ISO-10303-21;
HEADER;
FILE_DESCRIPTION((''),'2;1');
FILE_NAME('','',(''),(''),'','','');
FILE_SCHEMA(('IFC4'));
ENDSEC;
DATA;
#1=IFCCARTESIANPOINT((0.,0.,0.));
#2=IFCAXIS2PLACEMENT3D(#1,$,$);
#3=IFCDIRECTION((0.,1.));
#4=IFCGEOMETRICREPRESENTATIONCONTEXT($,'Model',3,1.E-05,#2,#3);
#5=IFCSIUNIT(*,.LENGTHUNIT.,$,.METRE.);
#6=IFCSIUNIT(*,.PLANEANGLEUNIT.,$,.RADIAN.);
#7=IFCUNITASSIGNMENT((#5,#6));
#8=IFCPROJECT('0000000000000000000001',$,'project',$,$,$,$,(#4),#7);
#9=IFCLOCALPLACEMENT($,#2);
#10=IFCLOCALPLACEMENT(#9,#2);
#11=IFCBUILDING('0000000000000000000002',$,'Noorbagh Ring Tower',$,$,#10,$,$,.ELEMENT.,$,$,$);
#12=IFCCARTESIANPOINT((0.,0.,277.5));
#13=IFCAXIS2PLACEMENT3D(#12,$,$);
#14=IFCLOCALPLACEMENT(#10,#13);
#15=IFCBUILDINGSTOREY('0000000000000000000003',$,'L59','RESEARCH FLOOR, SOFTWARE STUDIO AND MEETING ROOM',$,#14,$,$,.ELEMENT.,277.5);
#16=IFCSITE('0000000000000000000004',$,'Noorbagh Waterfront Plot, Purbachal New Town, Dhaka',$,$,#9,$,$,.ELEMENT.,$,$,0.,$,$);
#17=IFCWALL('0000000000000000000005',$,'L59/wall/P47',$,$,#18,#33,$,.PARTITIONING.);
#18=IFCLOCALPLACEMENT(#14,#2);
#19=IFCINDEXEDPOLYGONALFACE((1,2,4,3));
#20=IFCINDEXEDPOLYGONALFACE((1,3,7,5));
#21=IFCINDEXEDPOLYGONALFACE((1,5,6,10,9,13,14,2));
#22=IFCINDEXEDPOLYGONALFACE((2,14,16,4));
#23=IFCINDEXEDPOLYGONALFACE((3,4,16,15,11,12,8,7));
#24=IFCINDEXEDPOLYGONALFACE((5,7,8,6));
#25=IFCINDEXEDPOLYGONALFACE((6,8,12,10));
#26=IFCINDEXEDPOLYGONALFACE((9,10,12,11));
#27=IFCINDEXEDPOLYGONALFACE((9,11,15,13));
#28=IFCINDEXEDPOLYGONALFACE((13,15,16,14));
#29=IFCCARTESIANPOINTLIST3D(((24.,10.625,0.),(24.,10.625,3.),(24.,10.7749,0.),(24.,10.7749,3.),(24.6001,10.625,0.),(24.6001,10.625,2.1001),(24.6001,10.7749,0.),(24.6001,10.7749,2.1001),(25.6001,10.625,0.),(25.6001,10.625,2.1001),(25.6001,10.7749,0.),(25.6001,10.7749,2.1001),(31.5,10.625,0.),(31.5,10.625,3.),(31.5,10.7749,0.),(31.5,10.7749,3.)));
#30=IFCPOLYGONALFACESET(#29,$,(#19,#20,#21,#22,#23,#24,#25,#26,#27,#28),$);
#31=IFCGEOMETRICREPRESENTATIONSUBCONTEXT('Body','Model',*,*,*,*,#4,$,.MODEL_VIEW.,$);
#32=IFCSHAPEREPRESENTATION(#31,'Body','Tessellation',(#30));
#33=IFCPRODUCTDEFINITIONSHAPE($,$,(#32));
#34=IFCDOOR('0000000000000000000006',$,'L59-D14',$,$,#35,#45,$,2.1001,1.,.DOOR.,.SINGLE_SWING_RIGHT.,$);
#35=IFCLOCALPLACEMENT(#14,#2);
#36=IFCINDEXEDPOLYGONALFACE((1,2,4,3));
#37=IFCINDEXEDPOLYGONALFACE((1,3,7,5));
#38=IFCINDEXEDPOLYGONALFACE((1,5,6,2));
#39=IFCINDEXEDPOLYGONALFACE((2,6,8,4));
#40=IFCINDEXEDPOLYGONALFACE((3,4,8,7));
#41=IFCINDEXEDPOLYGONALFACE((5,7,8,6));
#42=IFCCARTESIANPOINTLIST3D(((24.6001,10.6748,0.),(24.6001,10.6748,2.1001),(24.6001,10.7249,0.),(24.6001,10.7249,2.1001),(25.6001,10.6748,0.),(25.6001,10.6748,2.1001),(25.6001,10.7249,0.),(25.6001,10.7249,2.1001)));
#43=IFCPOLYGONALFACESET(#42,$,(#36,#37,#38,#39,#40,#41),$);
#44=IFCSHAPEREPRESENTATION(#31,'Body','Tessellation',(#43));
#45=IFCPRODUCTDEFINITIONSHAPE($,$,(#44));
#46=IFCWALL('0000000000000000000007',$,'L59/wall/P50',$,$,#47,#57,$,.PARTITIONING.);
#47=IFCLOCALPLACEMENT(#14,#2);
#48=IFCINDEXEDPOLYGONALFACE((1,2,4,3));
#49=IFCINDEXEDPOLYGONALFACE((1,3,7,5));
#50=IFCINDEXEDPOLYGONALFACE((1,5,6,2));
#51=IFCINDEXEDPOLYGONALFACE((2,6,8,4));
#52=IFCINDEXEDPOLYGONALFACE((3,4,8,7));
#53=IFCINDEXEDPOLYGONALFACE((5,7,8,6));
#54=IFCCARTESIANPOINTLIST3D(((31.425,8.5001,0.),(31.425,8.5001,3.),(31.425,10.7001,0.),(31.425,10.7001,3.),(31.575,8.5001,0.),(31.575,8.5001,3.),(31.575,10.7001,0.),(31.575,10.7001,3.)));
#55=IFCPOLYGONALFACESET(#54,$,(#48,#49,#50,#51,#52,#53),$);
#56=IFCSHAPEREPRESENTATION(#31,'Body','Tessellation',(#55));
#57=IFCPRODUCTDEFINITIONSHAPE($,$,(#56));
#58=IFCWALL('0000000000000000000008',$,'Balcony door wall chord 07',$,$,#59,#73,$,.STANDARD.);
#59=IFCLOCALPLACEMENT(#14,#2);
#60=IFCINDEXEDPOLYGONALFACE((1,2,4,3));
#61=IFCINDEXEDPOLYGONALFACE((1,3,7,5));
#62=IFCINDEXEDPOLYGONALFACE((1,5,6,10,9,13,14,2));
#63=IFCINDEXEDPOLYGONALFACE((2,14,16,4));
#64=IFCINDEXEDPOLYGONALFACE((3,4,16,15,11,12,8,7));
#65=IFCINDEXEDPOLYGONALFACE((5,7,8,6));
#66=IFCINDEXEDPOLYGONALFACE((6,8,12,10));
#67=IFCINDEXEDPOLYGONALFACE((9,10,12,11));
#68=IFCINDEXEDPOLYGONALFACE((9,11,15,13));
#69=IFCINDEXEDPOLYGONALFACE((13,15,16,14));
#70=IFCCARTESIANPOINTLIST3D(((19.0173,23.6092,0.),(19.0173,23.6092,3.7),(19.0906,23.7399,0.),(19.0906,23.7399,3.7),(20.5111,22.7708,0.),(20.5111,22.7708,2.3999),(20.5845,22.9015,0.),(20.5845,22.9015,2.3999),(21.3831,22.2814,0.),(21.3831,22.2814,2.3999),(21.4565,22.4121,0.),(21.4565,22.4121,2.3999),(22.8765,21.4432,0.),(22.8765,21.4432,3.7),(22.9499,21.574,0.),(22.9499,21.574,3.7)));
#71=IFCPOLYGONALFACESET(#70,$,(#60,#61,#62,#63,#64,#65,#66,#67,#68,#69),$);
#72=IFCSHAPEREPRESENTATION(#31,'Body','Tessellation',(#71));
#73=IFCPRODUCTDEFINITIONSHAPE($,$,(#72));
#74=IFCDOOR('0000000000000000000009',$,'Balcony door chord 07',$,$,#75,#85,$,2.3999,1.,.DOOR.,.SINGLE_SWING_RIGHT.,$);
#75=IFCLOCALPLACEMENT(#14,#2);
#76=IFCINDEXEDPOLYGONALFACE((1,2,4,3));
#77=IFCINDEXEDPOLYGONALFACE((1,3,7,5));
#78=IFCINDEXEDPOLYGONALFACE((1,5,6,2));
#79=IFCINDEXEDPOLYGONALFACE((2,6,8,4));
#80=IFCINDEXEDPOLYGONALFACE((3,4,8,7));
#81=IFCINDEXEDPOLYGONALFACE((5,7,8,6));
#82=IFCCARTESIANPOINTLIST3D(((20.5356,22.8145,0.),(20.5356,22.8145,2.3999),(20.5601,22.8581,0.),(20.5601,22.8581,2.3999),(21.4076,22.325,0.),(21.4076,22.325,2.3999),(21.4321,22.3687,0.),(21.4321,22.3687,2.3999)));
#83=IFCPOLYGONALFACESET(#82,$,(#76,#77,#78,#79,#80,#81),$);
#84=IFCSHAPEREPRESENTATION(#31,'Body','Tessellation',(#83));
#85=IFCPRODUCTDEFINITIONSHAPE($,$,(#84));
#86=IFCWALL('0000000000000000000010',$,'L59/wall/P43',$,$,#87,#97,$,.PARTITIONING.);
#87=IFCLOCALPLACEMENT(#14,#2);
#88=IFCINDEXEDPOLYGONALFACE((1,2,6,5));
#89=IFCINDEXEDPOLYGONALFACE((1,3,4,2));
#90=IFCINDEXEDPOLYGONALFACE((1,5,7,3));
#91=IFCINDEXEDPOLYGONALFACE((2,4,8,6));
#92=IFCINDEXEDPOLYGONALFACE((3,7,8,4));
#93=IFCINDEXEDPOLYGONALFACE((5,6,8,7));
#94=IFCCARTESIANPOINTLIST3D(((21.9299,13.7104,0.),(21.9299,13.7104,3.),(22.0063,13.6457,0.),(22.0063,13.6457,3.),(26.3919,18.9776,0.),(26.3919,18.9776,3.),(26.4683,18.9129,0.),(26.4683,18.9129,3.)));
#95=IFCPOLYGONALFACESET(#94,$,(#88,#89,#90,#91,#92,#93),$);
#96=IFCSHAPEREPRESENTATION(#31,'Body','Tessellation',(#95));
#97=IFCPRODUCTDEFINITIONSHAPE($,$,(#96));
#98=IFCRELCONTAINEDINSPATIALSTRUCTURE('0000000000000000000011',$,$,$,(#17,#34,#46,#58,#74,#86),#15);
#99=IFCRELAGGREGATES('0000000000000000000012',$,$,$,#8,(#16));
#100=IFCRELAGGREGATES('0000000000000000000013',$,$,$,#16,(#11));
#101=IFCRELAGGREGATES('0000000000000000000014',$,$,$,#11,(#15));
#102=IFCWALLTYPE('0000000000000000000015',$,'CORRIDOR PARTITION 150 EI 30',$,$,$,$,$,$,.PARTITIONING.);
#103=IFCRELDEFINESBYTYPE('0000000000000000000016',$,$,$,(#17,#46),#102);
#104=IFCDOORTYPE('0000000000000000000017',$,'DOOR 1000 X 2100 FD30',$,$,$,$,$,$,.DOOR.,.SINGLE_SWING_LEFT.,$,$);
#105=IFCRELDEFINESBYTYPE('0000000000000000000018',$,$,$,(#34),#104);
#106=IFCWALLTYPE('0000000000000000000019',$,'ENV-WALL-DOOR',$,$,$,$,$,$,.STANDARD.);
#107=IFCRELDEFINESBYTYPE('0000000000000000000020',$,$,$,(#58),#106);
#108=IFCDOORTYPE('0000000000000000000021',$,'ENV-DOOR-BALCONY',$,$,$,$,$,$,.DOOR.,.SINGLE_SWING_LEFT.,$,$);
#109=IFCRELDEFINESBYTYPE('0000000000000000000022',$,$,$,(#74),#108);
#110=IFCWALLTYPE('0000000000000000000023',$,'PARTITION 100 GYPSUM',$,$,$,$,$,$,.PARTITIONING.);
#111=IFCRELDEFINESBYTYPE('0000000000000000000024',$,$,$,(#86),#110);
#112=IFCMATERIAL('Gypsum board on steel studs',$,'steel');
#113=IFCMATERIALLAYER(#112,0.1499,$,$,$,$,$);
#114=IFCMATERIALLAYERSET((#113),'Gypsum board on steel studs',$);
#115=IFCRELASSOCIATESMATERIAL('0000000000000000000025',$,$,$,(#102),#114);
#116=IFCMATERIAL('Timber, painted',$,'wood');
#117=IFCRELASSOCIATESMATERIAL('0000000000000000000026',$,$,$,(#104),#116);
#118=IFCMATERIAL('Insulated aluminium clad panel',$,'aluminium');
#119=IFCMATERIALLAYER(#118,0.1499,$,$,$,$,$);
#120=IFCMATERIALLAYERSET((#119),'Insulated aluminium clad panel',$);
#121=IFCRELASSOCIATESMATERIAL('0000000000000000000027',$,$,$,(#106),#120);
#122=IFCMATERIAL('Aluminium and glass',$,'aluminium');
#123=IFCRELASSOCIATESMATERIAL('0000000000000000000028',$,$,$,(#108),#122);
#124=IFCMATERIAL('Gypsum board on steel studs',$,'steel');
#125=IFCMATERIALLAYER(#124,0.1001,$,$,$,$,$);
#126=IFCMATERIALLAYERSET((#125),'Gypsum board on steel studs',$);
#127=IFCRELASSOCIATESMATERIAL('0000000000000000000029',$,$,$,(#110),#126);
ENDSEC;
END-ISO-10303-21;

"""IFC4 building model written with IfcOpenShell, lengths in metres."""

from ifc_helpers import new_model, si_unit, direction, frame, frame_2d, origin, place, context, subcontext, project, spatial, rectangle, extrude, material, layer, layer_set, type_object, element, fill, save


model = new_model("IFC4")

# Units and contexts
model_context = context("Model", 3, precision=1e-05, world=origin(), true_north=direction((0.0, 1.0)))
body_context = subcontext(model_context, "Body", "Model", "MODEL_VIEW")
ifc_project = project(units=[si_unit("LENGTHUNIT", "METRE"), si_unit("PLANEANGLEUNIT", "RADIAN")], contexts=[model_context])

# Site, building, storey
site_placement = place(None, origin())
site = spatial("IfcSite", under=ifc_project, at=site_placement, Name="Noorbagh Waterfront Plot, Purbachal New Town, Dhaka", CompositionType="ELEMENT", RefElevation=0.0)
building_placement = place(site_placement, origin())
building = spatial("IfcBuilding", under=site, at=building_placement, Name="Noorbagh Ring Tower", CompositionType="ELEMENT")
storey_placement = place(building_placement, frame((0.0, 0.0, 277.5)))
storey = spatial("IfcBuildingStorey", under=building, at=storey_placement, Name="L59", Description="RESEARCH FLOOR, SOFTWARE STUDIO AND MEETING ROOM", CompositionType="ELEMENT", Elevation=277.5)

# Shared definitions
ifc_material_1 = material(Name="Gypsum board on steel studs", Category="steel")
ifc_layer_1 = layer(ifc_material_1, 0.1499)
ifc_layer_set_1 = layer_set([ifc_layer_1], Name="Gypsum board on steel studs")
wall_type_1 = type_object("IfcWallType", Name="CORRIDOR PARTITION 150 EI 30", PredefinedType="PARTITIONING", material=ifc_layer_set_1)

# Wall, opening, door
wall_1_placement = place(storey_placement, frame((24.0, 10.7, 0.0), z_axis=(0.0, 0.0, 1.0), x_axis=(1.0, 0.0, 0.0)))
wall_1 = element("IfcWall", 1, at=wall_1_placement, inside=storey, type_object=wall_type_1, Name="L59/wall/P47", PredefinedType="PARTITIONING", context=body_context, shape_type="SweptSolid", body=[
    extrude(rectangle(XDim=7.5, YDim=0.1499, at=frame_2d((3.75, 0.0))), origin(), (0.0, 0.0, 1.0), 3.0),
])
opening_1_placement = place(wall_1_placement, frame((0.6001, 0.0, 0.0)))
opening_1 = element("IfcOpeningElement", 2, at=opening_1_placement, cuts=wall_1, PredefinedType="OPENING", context=body_context, shape_type="SweptSolid", body=[
    extrude(rectangle(XDim=1.0, YDim=2.1001, at=frame_2d((0.5, 1.05))), frame((0.0, 0.085, 0.0), z_axis=(0.0, -1.0, 0.0), x_axis=(1.0, 0.0, 0.0)), (0.0, 0.0, 1.0), 0.1699),
])
ifc_material_2 = material(Name="Timber, painted", Category="wood")
door_type_1 = type_object("IfcDoorType", Name="DOOR 1000 X 2100 FD30", OperationType="SINGLE_SWING_LEFT", PredefinedType="DOOR", material=ifc_material_2)
door_1_placement = place(opening_1_placement, origin())
door_1 = element("IfcDoor", 3, at=door_1_placement, inside=storey, type_object=door_type_1, Name="L59-D14", OperationType="SINGLE_SWING_RIGHT", OverallHeight=2.1001, OverallWidth=1.0, PredefinedType="DOOR", context=body_context, shape_type="SweptSolid", body=[
    extrude(rectangle(XDim=1.0, YDim=2.1001, at=frame_2d((0.5, 1.05))), frame((0.0, 0.0249, 0.0), z_axis=(0.0, -1.0, 0.0), x_axis=(1.0, 0.0, 0.0)), (0.0, 0.0, 1.0), 0.05),
])
fill(opening_1, door_1)

# Wall
wall_2_placement = place(storey_placement, frame((31.5, 8.5, 0.0), z_axis=(0.0, 0.0, 1.0), x_axis=(0.0, 1.0, 0.0)))
element("IfcWall", 4, at=wall_2_placement, inside=storey, type_object=wall_type_1, Name="L59/wall/P50", PredefinedType="PARTITIONING", context=body_context, shape_type="SweptSolid", body=[
    extrude(rectangle(XDim=2.2, YDim=0.1499, at=frame_2d((1.1001, 0.0))), origin(), (0.0, 0.0, 1.0), 3.0),
])

# Wall, opening, door
ifc_material_3 = material(Name="Insulated aluminium clad panel", Category="aluminium")
ifc_layer_2 = layer(ifc_material_3, 0.1499)
ifc_layer_set_2 = layer_set([ifc_layer_2], Name="Insulated aluminium clad panel")
wall_type_2 = type_object("IfcWallType", Name="ENV-WALL-DOOR", PredefinedType="STANDARD", material=ifc_layer_set_2)
wall_3_placement = place(storey_placement, frame((22.9133, 21.5085, 0.0), z_axis=(0.0, 0.0, 1.0), x_axis=(-0.872047, 0.489423, 0.0)))
wall_3 = element("IfcWall", 5, at=wall_3_placement, inside=storey, type_object=wall_type_2, Name="Balcony door wall chord 07", PredefinedType="STANDARD", context=body_context, shape_type="SweptSolid", body=[
    extrude(rectangle(XDim=4.4255, YDim=0.1499, at=frame_2d((2.2129, 0.0))), origin(), (0.0, 0.0, 1.0), 3.7),
])
opening_2_placement = place(wall_3_placement, frame((1.7126, 0.0, 0.0)))
opening_2 = element("IfcOpeningElement", 6, at=opening_2_placement, cuts=wall_3, PredefinedType="OPENING", context=body_context, shape_type="SweptSolid", body=[
    extrude(rectangle(XDim=1.0, YDim=2.3999, at=frame_2d((0.5, 1.2))), frame((0.0, 0.085, 0.0), z_axis=(0.0, -1.0, 0.0), x_axis=(1.0, 0.0, 0.0)), (0.0, 0.0, 1.0), 0.1699),
])
ifc_material_4 = material(Name="Aluminium and glass", Category="aluminium")
door_type_2 = type_object("IfcDoorType", Name="ENV-DOOR-BALCONY", OperationType="SINGLE_SWING_LEFT", PredefinedType="DOOR", material=ifc_material_4)
door_2_placement = place(opening_2_placement, origin())
door_2 = element("IfcDoor", 7, at=door_2_placement, inside=storey, type_object=door_type_2, Name="Balcony door chord 07", OperationType="SINGLE_SWING_RIGHT", OverallHeight=2.3999, OverallWidth=1.0, PredefinedType="DOOR", context=body_context, shape_type="SweptSolid", body=[
    extrude(rectangle(XDim=1.0, YDim=2.3999, at=frame_2d((0.5, 1.2))), frame((0.0, 0.0249, 0.0), z_axis=(0.0, -1.0, 0.0), x_axis=(1.0, 0.0, 0.0)), (0.0, 0.0, 1.0), 0.05),
])
fill(opening_2, door_2)

# Wall
ifc_material_5 = material(Name="Gypsum board on steel studs", Category="steel")
ifc_layer_3 = layer(ifc_material_5, 0.1001)
ifc_layer_set_3 = layer_set([ifc_layer_3], Name="Gypsum board on steel studs")
wall_type_3 = type_object("IfcWallType", Name="PARTITION 100 GYPSUM", PredefinedType="PARTITIONING", material=ifc_layer_set_3)
wall_4_placement = place(storey_placement, frame((21.968, 13.678, 0.0), z_axis=(0.0, 0.0, 1.0), x_axis=(0.646377, 0.763019, 0.0)))
element("IfcWall", 8, at=wall_4_placement, inside=storey, type_object=wall_type_3, Name="L59/wall/P43", PredefinedType="PARTITIONING", context=body_context, shape_type="SweptSolid", body=[
    extrude(rectangle(XDim=6.9031, YDim=0.1001, at=frame_2d((3.4517, 0.0))), origin(), (0.0, 0.0, 1.0), 3.0),
])

save(model, "model.ifc")
